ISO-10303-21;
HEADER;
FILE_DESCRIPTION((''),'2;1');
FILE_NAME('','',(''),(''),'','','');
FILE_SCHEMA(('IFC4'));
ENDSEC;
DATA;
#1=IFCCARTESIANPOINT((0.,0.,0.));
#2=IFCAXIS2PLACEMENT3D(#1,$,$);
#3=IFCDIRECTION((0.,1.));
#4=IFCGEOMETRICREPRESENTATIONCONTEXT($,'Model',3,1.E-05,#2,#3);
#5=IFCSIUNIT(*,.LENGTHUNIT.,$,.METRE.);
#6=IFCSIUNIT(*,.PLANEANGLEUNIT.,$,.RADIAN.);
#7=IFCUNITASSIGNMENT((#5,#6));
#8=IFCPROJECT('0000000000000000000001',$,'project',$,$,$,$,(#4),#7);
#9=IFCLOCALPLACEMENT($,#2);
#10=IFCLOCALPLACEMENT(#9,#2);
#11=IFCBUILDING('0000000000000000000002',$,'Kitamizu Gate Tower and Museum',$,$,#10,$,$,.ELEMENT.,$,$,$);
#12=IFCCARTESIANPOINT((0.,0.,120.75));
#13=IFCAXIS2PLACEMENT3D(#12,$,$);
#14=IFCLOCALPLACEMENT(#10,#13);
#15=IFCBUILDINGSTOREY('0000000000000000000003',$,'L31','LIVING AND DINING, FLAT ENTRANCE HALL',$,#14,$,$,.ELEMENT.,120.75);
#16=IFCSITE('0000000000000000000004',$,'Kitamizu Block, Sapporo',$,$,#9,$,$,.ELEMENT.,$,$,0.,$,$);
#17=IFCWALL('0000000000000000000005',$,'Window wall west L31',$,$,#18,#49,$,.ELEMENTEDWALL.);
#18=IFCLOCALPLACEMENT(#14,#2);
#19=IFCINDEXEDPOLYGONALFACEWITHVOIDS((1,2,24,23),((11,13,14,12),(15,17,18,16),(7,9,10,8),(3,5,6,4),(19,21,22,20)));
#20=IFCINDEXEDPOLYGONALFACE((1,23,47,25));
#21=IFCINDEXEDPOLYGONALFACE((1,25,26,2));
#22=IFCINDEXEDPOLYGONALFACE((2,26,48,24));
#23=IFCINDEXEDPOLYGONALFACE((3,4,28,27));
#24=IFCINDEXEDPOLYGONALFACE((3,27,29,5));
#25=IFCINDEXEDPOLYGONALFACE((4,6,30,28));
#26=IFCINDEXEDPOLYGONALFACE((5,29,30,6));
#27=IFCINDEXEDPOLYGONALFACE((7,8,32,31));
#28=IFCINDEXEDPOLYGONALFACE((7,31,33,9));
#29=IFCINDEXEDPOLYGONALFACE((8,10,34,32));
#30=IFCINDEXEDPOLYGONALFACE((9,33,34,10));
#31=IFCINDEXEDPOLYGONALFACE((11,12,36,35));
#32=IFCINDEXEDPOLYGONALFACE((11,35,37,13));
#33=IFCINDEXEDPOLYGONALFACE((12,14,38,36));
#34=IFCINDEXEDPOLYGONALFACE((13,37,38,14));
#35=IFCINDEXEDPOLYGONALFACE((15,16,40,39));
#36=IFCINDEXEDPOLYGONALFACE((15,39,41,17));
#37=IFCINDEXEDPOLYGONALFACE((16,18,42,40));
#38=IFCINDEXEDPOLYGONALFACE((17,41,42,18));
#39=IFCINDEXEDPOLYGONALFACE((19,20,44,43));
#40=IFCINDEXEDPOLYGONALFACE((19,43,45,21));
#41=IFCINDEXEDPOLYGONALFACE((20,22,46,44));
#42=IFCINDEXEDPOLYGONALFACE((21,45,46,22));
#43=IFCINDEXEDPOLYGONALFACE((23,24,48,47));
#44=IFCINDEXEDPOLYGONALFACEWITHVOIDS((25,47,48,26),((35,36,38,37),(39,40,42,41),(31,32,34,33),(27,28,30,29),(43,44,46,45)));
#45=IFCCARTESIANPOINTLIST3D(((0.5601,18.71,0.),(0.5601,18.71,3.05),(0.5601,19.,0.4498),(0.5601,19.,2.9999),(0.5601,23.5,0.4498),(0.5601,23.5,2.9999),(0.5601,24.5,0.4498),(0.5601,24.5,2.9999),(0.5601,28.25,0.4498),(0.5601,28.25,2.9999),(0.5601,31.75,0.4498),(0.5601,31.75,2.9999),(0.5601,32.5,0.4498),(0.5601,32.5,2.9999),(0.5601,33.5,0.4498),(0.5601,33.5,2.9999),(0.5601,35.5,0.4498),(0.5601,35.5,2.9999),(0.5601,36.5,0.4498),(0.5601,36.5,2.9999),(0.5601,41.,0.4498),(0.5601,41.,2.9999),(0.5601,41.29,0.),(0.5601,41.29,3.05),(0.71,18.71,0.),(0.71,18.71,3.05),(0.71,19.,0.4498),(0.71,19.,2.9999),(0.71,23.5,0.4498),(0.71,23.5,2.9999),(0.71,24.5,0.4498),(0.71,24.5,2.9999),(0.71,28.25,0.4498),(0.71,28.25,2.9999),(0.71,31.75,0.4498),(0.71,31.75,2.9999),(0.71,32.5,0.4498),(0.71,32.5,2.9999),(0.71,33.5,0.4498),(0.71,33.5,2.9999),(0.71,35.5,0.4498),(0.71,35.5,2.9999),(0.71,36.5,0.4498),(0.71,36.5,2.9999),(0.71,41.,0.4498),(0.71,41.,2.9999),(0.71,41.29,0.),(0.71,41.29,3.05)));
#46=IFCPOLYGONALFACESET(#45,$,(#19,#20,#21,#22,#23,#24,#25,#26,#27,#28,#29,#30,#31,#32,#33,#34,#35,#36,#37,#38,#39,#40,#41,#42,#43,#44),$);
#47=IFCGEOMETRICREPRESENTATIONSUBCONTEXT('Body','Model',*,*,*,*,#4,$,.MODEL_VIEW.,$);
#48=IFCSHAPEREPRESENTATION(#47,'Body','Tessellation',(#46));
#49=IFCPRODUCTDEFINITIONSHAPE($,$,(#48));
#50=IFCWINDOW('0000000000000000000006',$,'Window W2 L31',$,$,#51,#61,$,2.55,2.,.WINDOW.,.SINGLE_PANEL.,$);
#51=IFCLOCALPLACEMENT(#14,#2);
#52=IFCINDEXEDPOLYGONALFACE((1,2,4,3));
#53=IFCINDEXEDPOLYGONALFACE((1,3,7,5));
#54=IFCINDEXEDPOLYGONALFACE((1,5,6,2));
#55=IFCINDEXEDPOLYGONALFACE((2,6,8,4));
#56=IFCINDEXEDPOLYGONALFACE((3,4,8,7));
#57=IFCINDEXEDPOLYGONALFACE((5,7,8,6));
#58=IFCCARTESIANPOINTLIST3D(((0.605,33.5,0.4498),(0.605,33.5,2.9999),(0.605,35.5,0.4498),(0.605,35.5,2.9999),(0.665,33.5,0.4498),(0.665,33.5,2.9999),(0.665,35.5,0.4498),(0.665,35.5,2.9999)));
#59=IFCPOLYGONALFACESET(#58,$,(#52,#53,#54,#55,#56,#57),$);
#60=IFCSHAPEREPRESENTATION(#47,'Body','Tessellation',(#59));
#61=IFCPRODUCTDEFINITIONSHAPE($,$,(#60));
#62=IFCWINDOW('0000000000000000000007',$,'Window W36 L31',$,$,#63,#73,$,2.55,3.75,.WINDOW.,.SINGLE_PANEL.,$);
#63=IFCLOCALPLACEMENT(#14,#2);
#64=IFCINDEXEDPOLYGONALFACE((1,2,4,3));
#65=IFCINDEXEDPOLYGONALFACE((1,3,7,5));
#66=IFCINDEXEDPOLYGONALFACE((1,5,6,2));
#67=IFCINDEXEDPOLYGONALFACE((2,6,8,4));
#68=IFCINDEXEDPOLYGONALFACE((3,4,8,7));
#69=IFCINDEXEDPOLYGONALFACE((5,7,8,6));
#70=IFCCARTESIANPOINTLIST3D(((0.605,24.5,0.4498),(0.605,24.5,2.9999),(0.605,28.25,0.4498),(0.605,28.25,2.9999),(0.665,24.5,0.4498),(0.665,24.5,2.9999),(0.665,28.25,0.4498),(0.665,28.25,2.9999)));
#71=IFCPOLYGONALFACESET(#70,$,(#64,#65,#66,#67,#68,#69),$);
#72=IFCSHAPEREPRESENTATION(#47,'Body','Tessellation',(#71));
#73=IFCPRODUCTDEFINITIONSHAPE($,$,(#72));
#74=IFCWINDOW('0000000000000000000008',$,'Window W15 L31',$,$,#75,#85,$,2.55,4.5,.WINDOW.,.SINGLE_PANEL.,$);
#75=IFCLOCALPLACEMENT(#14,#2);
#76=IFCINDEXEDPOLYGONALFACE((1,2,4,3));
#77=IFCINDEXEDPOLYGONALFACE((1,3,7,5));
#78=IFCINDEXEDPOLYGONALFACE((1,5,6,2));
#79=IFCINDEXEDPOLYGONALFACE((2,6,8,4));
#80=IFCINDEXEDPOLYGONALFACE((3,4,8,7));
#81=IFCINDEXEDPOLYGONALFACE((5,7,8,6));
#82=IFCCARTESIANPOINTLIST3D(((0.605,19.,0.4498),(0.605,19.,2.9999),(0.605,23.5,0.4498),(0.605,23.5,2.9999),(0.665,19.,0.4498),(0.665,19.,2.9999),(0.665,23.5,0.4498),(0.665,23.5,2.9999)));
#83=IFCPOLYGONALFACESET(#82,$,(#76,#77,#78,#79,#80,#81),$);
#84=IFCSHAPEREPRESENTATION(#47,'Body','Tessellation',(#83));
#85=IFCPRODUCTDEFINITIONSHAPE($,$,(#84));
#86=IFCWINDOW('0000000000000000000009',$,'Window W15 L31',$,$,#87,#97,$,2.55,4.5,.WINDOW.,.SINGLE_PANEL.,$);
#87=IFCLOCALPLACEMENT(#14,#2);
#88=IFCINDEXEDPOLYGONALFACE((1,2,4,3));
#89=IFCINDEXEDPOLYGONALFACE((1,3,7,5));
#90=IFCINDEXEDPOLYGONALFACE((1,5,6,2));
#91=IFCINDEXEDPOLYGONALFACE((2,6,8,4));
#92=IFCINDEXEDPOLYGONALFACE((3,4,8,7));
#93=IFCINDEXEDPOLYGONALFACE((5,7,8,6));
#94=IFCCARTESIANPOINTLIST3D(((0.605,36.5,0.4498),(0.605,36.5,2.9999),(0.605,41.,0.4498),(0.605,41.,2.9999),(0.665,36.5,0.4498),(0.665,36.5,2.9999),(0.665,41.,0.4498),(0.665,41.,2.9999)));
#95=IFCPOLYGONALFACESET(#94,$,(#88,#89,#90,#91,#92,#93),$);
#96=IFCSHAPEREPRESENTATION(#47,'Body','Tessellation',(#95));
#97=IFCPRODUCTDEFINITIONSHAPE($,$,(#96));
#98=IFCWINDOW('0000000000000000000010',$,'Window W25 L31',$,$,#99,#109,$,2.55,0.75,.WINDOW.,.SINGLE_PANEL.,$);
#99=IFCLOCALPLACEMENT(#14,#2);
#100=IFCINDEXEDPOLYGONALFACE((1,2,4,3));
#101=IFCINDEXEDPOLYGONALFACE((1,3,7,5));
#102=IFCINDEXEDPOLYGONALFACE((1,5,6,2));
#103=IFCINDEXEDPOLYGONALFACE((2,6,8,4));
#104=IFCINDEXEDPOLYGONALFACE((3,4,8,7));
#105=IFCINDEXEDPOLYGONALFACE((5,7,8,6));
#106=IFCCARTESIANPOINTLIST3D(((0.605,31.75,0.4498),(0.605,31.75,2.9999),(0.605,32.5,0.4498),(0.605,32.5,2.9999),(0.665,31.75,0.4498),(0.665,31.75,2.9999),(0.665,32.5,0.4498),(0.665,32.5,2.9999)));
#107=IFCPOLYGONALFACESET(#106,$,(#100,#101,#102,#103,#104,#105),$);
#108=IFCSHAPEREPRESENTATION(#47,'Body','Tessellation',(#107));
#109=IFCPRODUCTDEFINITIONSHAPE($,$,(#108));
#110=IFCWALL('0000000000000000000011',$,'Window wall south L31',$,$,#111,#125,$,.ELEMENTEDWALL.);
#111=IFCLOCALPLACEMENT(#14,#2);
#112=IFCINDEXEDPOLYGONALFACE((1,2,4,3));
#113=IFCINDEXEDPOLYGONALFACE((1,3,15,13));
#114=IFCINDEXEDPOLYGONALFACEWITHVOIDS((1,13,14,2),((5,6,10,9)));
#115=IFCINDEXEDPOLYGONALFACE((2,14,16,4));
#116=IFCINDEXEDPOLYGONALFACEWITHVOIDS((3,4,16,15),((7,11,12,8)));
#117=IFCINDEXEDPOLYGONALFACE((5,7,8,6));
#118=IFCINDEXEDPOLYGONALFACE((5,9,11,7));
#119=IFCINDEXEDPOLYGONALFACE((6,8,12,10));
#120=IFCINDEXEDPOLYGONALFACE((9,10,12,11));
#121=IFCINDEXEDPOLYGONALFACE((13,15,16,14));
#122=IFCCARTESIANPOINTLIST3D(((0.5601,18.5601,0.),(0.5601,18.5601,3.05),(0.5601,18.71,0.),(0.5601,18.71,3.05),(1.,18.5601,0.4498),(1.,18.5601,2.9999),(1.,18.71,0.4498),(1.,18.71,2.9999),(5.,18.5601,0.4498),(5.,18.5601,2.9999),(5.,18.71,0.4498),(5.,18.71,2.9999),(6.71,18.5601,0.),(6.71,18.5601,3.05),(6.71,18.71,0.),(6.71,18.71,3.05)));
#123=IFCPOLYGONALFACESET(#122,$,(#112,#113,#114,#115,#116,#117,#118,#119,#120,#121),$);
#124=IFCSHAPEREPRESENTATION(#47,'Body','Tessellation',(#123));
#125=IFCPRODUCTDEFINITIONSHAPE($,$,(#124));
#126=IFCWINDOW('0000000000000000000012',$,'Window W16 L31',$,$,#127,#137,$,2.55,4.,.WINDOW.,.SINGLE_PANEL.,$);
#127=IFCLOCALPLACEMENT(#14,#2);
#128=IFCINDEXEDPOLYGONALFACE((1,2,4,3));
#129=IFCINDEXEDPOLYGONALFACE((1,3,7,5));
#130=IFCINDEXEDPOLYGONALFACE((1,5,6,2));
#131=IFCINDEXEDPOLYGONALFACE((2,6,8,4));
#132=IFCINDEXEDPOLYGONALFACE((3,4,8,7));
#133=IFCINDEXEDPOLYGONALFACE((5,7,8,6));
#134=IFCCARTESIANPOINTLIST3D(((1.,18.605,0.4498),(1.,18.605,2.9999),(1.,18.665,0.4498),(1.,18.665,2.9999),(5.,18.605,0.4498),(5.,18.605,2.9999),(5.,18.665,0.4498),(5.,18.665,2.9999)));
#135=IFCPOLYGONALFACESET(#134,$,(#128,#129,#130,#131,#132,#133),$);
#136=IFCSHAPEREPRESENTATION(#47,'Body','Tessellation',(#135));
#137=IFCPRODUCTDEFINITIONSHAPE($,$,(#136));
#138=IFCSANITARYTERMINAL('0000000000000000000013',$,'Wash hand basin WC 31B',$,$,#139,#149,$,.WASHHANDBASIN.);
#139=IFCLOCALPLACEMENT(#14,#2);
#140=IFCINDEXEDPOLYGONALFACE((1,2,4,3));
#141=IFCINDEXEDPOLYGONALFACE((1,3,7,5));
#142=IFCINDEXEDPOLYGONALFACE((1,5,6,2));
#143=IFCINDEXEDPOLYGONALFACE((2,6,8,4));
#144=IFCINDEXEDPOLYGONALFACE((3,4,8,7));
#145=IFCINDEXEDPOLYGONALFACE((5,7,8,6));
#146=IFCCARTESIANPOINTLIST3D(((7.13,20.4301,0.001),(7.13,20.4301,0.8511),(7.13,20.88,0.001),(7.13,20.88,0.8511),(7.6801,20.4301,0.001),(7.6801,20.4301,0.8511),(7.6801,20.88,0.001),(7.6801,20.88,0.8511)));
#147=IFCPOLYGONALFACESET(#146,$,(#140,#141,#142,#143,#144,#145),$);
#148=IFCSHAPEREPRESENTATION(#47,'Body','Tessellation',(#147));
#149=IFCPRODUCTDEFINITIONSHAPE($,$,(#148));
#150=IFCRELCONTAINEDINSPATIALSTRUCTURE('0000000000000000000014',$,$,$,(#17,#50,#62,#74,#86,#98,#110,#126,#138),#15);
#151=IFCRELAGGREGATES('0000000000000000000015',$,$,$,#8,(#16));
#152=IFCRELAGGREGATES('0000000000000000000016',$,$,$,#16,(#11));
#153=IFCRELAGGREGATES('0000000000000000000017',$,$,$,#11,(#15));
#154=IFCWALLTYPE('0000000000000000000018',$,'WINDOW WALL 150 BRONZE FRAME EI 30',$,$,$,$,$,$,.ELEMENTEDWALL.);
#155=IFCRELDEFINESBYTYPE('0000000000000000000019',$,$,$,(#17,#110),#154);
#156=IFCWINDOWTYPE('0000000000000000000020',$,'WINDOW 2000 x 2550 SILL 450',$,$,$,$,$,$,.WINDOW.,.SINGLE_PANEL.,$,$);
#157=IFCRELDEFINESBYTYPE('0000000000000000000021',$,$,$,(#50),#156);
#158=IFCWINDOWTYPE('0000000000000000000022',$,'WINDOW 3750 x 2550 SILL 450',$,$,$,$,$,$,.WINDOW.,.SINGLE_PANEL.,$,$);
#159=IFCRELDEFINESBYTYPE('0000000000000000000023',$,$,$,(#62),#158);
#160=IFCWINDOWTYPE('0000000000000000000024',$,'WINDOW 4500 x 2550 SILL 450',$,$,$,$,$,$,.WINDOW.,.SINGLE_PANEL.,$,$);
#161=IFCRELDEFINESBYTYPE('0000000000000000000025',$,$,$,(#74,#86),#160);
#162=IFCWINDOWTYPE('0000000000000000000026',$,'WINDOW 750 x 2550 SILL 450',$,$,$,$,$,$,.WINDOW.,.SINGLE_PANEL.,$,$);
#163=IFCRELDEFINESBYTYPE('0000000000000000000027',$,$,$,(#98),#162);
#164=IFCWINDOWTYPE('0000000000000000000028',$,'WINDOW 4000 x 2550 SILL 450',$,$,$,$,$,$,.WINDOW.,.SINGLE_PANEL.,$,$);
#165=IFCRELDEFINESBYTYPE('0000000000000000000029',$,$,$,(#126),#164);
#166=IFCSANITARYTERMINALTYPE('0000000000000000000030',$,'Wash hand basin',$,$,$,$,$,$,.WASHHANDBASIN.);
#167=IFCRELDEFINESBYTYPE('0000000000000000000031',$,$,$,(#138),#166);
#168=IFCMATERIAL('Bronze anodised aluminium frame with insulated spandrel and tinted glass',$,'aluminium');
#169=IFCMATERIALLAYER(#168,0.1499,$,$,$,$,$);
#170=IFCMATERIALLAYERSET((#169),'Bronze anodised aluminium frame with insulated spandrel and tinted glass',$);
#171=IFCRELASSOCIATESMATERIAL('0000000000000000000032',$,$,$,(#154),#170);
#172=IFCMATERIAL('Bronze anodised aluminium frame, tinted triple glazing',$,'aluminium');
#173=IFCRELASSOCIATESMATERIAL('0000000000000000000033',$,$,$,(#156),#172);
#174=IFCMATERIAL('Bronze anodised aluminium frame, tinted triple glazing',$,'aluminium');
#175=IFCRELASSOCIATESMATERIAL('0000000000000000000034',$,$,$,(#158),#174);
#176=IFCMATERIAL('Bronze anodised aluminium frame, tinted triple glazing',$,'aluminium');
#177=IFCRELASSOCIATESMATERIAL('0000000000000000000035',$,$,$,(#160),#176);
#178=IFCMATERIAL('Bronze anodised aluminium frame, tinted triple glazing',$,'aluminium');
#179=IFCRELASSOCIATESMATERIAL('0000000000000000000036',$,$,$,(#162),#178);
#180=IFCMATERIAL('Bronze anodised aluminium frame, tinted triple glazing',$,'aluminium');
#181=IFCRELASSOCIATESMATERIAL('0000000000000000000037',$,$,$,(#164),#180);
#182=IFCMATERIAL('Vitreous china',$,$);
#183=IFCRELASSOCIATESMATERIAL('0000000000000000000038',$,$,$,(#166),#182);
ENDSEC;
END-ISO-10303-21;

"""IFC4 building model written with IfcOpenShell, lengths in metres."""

from ifc_helpers import new_model, si_unit, direction, frame, frame_2d, origin, origin_2d, place, context, subcontext, project, spatial, rectangle, extrude, material, layer, layer_set, type_object, element, fill, save


model = new_model("IFC4")

# Units and contexts
model_context = context("Model", 3, precision=1e-05, world=origin(), true_north=direction((0.0, 1.0)))
body_context = subcontext(model_context, "Body", "Model", "MODEL_VIEW")
ifc_project = project(units=[si_unit("LENGTHUNIT", "METRE"), si_unit("PLANEANGLEUNIT", "RADIAN")], contexts=[model_context])

# Site, building, storey
site_placement = place(None, origin())
site = spatial("IfcSite", under=ifc_project, at=site_placement, Name="Kitamizu Block, Sapporo", CompositionType="ELEMENT", RefElevation=0.0)
building_placement = place(site_placement, origin())
building = spatial("IfcBuilding", under=site, at=building_placement, Name="Kitamizu Gate Tower and Museum", CompositionType="ELEMENT")
storey_placement = place(building_placement, frame((0.0, 0.0, 120.75)))
storey = spatial("IfcBuildingStorey", under=building, at=storey_placement, Name="L31", Description="LIVING AND DINING, FLAT ENTRANCE HALL", CompositionType="ELEMENT", Elevation=120.75)

# Wall, openings, windows
ifc_material_1 = material(Name="Bronze anodised aluminium frame with insulated spandrel and tinted glass", Category="aluminium")
ifc_layer_1 = layer(ifc_material_1, 0.1499)
ifc_layer_set_1 = layer_set([ifc_layer_1], Name="Bronze anodised aluminium frame with insulated spandrel and tinted glass")
wall_type_1 = type_object("IfcWallType", Name="WINDOW WALL 150 BRONZE FRAME EI 30", PredefinedType="ELEMENTEDWALL", material=ifc_layer_set_1)
wall_1_placement = place(storey_placement, frame((0.635, 18.71, 0.0), z_axis=(0.0, 0.0, 1.0), x_axis=(0.0, 1.0, 0.0)))
wall_1 = element("IfcWall", 1, at=wall_1_placement, inside=storey, type_object=wall_type_1, Name="Window wall west L31", PredefinedType="ELEMENTEDWALL", context=body_context, shape_type="SweptSolid", body=[
    extrude(rectangle(XDim=22.5801, YDim=0.1499, at=frame_2d((11.29, 0.0))), origin(), (0.0, 0.0, 1.0), 3.05),
])
opening_1_placement = place(wall_1_placement, frame((0.29, 0.0, 0.45)))
opening_1 = element("IfcOpeningElement", 2, at=opening_1_placement, cuts=wall_1, PredefinedType="OPENING", context=body_context, shape_type="SweptSolid", body=[
    extrude(rectangle(XDim=4.5, YDim=2.55, at=frame_2d((2.25, 1.2749))), frame((0.0, 0.085, 0.0), z_axis=(0.0, -1.0, 0.0), x_axis=(1.0, 0.0, 0.0)), (0.0, 0.0, 1.0), 0.1699),
])
opening_2_placement = place(wall_1_placement, frame((5.79, 0.0, 0.45)))
opening_2 = element("IfcOpeningElement", 3, at=opening_2_placement, cuts=wall_1, PredefinedType="OPENING", context=body_context, shape_type="SweptSolid", body=[
    extrude(rectangle(XDim=3.75, YDim=2.55, at=frame_2d((1.875, 1.2749))), frame((0.0, 0.085, 0.0), z_axis=(0.0, -1.0, 0.0), x_axis=(1.0, 0.0, 0.0)), (0.0, 0.0, 1.0), 0.1699),
])
opening_3_placement = place(wall_1_placement, frame((13.04, 0.0, 0.45)))
opening_3 = element("IfcOpeningElement", 4, at=opening_3_placement, cuts=wall_1, PredefinedType="OPENING", context=body_context, shape_type="SweptSolid", body=[
    extrude(rectangle(XDim=0.75, YDim=2.55, at=frame_2d((0.375, 1.2749))), frame((0.0, 0.085, 0.0), z_axis=(0.0, -1.0, 0.0), x_axis=(1.0, 0.0, 0.0)), (0.0, 0.0, 1.0), 0.1699),
])
opening_4_placement = place(wall_1_placement, frame((14.79, 0.0, 0.45)))
opening_4 = element("IfcOpeningElement", 5, at=opening_4_placement, cuts=wall_1, PredefinedType="OPENING", context=body_context, shape_type="SweptSolid", body=[
    extrude(rectangle(XDim=2.0, YDim=2.55, at=frame_2d((1.0, 1.2749))), frame((0.0, 0.085, 0.0), z_axis=(0.0, -1.0, 0.0), x_axis=(1.0, 0.0, 0.0)), (0.0, 0.0, 1.0), 0.1699),
])
opening_5_placement = place(wall_1_placement, frame((17.79, 0.0, 0.45)))
opening_5 = element("IfcOpeningElement", 6, at=opening_5_placement, cuts=wall_1, PredefinedType="OPENING", context=body_context, shape_type="SweptSolid", body=[
    extrude(rectangle(XDim=4.5, YDim=2.55, at=frame_2d((2.25, 1.2749))), frame((0.0, 0.085, 0.0), z_axis=(0.0, -1.0, 0.0), x_axis=(1.0, 0.0, 0.0)), (0.0, 0.0, 1.0), 0.1699),
])
ifc_material_2 = material(Name="Bronze anodised aluminium frame, tinted triple glazing", Category="aluminium")
window_type_1 = type_object("IfcWindowType", Name="WINDOW 2000 x 2550 SILL 450", PartitioningType="SINGLE_PANEL", PredefinedType="WINDOW", material=ifc_material_2)
window_1_placement = place(opening_4_placement, origin())
window_1 = element("IfcWindow", 7, at=window_1_placement, inside=storey, type_object=window_type_1, Name="Window W2 L31", OverallHeight=2.55, OverallWidth=2.0, PartitioningType="SINGLE_PANEL", PredefinedType="WINDOW", context=body_context, shape_type="SweptSolid", body=[
    extrude(rectangle(XDim=2.0, YDim=2.55, at=frame_2d((1.0, 1.2749))), frame((0.0, 0.03, 0.0), z_axis=(0.0, -1.0, 0.0), x_axis=(1.0, 0.0, 0.0)), (0.0, 0.0, 1.0), 0.0601),
])
fill(opening_4, window_1)
ifc_material_3 = material(Name="Bronze anodised aluminium frame, tinted triple glazing", Category="aluminium")
window_type_2 = type_object("IfcWindowType", Name="WINDOW 3750 x 2550 SILL 450", PartitioningType="SINGLE_PANEL", PredefinedType="WINDOW", material=ifc_material_3)
window_2_placement = place(opening_2_placement, origin())
window_2 = element("IfcWindow", 8, at=window_2_placement, inside=storey, type_object=window_type_2, Name="Window W36 L31", OverallHeight=2.55, OverallWidth=3.75, PartitioningType="SINGLE_PANEL", PredefinedType="WINDOW", context=body_context, shape_type="SweptSolid", body=[
    extrude(rectangle(XDim=3.75, YDim=2.55, at=frame_2d((1.875, 1.2749))), frame((0.0, 0.03, 0.0), z_axis=(0.0, -1.0, 0.0), x_axis=(1.0, 0.0, 0.0)), (0.0, 0.0, 1.0), 0.0601),
])
fill(opening_2, window_2)
ifc_material_4 = material(Name="Bronze anodised aluminium frame, tinted triple glazing", Category="aluminium")
window_type_3 = type_object("IfcWindowType", Name="WINDOW 4500 x 2550 SILL 450", PartitioningType="SINGLE_PANEL", PredefinedType="WINDOW", material=ifc_material_4)
window_3_placement = place(opening_1_placement, origin())
window_3 = element("IfcWindow", 9, at=window_3_placement, inside=storey, type_object=window_type_3, Name="Window W15 L31", OverallHeight=2.55, OverallWidth=4.5, PartitioningType="SINGLE_PANEL", PredefinedType="WINDOW", context=body_context, shape_type="SweptSolid", body=[
    extrude(rectangle(XDim=4.5, YDim=2.55, at=frame_2d((2.25, 1.2749))), frame((0.0, 0.03, 0.0), z_axis=(0.0, -1.0, 0.0), x_axis=(1.0, 0.0, 0.0)), (0.0, 0.0, 1.0), 0.0601),
])
fill(opening_1, window_3)
window_4_placement = place(opening_5_placement, origin())
window_4 = element("IfcWindow", 10, at=window_4_placement, inside=storey, type_object=window_type_3, Name="Window W15 L31", OverallHeight=2.55, OverallWidth=4.5, PartitioningType="SINGLE_PANEL", PredefinedType="WINDOW", context=body_context, shape_type="SweptSolid", body=[
    extrude(rectangle(XDim=4.5, YDim=2.55, at=frame_2d((2.25, 1.2749))), frame((0.0, 0.03, 0.0), z_axis=(0.0, -1.0, 0.0), x_axis=(1.0, 0.0, 0.0)), (0.0, 0.0, 1.0), 0.0601),
])
fill(opening_5, window_4)
ifc_material_5 = material(Name="Bronze anodised aluminium frame, tinted triple glazing", Category="aluminium")
window_type_4 = type_object("IfcWindowType", Name="WINDOW 750 x 2550 SILL 450", PartitioningType="SINGLE_PANEL", PredefinedType="WINDOW", material=ifc_material_5)
window_5_placement = place(opening_3_placement, origin())
window_5 = element("IfcWindow", 11, at=window_5_placement, inside=storey, type_object=window_type_4, Name="Window W25 L31", OverallHeight=2.55, OverallWidth=0.75, PartitioningType="SINGLE_PANEL", PredefinedType="WINDOW", context=body_context, shape_type="SweptSolid", body=[
    extrude(rectangle(XDim=0.75, YDim=2.55, at=frame_2d((0.375, 1.2749))), frame((0.0, 0.03, 0.0), z_axis=(0.0, -1.0, 0.0), x_axis=(1.0, 0.0, 0.0)), (0.0, 0.0, 1.0), 0.0601),
])
fill(opening_3, window_5)

# Wall, opening, window
wall_2_placement = place(storey_placement, frame((0.5601, 18.635, 0.0), z_axis=(0.0, 0.0, 1.0), x_axis=(1.0, 0.0, 0.0)))
wall_2 = element("IfcWall", 12, at=wall_2_placement, inside=storey, type_object=wall_type_1, Name="Window wall south L31", PredefinedType="ELEMENTEDWALL", context=body_context, shape_type="SweptSolid", body=[
    extrude(rectangle(XDim=6.1499, YDim=0.1499, at=frame_2d((3.075, 0.0))), origin(), (0.0, 0.0, 1.0), 3.05),
])
opening_6_placement = place(wall_2_placement, frame((0.4399, 0.0, 0.45)))
opening_6 = element("IfcOpeningElement", 13, at=opening_6_placement, cuts=wall_2, PredefinedType="OPENING", context=body_context, shape_type="SweptSolid", body=[
    extrude(rectangle(XDim=4.0, YDim=2.55, at=frame_2d((2.0, 1.2749))), frame((0.0, 0.085, 0.0), z_axis=(0.0, -1.0, 0.0), x_axis=(1.0, 0.0, 0.0)), (0.0, 0.0, 1.0), 0.1699),
])
ifc_material_6 = material(Name="Bronze anodised aluminium frame, tinted triple glazing", Category="aluminium")
window_type_5 = type_object("IfcWindowType", Name="WINDOW 4000 x 2550 SILL 450", PartitioningType="SINGLE_PANEL", PredefinedType="WINDOW", material=ifc_material_6)
window_6_placement = place(opening_6_placement, origin())
window_6 = element("IfcWindow", 14, at=window_6_placement, inside=storey, type_object=window_type_5, Name="Window W16 L31", OverallHeight=2.55, OverallWidth=4.0, PartitioningType="SINGLE_PANEL", PredefinedType="WINDOW", context=body_context, shape_type="SweptSolid", body=[
    extrude(rectangle(XDim=4.0, YDim=2.55, at=frame_2d((2.0, 1.2749))), frame((0.0, 0.03, 0.0), z_axis=(0.0, -1.0, 0.0), x_axis=(1.0, 0.0, 0.0)), (0.0, 0.0, 1.0), 0.0601),
])
fill(opening_6, window_6)

# Sanitary terminal
ifc_material_7 = material(Name="Vitreous china")
sanitary_terminal_type_1 = type_object("IfcSanitaryTerminalType", Name="Wash hand basin", PredefinedType="WASHHANDBASIN", material=ifc_material_7)
sanitary_terminal_1_placement = place(storey_placement, frame((7.405, 20.655, 0.001), z_axis=(0.0, 0.0, 1.0), x_axis=(1.0, 0.0, 0.0)))
element("IfcSanitaryTerminal", 15, at=sanitary_terminal_1_placement, inside=storey, type_object=sanitary_terminal_type_1, Name="Wash hand basin WC 31B", PredefinedType="WASHHANDBASIN", context=body_context, shape_type="SweptSolid", body=[
    extrude(rectangle(XDim=0.55, YDim=0.45, at=origin_2d()), origin(), (0.0, 0.0, 1.0), 0.8501),
])

save(model, "model.ifc")
